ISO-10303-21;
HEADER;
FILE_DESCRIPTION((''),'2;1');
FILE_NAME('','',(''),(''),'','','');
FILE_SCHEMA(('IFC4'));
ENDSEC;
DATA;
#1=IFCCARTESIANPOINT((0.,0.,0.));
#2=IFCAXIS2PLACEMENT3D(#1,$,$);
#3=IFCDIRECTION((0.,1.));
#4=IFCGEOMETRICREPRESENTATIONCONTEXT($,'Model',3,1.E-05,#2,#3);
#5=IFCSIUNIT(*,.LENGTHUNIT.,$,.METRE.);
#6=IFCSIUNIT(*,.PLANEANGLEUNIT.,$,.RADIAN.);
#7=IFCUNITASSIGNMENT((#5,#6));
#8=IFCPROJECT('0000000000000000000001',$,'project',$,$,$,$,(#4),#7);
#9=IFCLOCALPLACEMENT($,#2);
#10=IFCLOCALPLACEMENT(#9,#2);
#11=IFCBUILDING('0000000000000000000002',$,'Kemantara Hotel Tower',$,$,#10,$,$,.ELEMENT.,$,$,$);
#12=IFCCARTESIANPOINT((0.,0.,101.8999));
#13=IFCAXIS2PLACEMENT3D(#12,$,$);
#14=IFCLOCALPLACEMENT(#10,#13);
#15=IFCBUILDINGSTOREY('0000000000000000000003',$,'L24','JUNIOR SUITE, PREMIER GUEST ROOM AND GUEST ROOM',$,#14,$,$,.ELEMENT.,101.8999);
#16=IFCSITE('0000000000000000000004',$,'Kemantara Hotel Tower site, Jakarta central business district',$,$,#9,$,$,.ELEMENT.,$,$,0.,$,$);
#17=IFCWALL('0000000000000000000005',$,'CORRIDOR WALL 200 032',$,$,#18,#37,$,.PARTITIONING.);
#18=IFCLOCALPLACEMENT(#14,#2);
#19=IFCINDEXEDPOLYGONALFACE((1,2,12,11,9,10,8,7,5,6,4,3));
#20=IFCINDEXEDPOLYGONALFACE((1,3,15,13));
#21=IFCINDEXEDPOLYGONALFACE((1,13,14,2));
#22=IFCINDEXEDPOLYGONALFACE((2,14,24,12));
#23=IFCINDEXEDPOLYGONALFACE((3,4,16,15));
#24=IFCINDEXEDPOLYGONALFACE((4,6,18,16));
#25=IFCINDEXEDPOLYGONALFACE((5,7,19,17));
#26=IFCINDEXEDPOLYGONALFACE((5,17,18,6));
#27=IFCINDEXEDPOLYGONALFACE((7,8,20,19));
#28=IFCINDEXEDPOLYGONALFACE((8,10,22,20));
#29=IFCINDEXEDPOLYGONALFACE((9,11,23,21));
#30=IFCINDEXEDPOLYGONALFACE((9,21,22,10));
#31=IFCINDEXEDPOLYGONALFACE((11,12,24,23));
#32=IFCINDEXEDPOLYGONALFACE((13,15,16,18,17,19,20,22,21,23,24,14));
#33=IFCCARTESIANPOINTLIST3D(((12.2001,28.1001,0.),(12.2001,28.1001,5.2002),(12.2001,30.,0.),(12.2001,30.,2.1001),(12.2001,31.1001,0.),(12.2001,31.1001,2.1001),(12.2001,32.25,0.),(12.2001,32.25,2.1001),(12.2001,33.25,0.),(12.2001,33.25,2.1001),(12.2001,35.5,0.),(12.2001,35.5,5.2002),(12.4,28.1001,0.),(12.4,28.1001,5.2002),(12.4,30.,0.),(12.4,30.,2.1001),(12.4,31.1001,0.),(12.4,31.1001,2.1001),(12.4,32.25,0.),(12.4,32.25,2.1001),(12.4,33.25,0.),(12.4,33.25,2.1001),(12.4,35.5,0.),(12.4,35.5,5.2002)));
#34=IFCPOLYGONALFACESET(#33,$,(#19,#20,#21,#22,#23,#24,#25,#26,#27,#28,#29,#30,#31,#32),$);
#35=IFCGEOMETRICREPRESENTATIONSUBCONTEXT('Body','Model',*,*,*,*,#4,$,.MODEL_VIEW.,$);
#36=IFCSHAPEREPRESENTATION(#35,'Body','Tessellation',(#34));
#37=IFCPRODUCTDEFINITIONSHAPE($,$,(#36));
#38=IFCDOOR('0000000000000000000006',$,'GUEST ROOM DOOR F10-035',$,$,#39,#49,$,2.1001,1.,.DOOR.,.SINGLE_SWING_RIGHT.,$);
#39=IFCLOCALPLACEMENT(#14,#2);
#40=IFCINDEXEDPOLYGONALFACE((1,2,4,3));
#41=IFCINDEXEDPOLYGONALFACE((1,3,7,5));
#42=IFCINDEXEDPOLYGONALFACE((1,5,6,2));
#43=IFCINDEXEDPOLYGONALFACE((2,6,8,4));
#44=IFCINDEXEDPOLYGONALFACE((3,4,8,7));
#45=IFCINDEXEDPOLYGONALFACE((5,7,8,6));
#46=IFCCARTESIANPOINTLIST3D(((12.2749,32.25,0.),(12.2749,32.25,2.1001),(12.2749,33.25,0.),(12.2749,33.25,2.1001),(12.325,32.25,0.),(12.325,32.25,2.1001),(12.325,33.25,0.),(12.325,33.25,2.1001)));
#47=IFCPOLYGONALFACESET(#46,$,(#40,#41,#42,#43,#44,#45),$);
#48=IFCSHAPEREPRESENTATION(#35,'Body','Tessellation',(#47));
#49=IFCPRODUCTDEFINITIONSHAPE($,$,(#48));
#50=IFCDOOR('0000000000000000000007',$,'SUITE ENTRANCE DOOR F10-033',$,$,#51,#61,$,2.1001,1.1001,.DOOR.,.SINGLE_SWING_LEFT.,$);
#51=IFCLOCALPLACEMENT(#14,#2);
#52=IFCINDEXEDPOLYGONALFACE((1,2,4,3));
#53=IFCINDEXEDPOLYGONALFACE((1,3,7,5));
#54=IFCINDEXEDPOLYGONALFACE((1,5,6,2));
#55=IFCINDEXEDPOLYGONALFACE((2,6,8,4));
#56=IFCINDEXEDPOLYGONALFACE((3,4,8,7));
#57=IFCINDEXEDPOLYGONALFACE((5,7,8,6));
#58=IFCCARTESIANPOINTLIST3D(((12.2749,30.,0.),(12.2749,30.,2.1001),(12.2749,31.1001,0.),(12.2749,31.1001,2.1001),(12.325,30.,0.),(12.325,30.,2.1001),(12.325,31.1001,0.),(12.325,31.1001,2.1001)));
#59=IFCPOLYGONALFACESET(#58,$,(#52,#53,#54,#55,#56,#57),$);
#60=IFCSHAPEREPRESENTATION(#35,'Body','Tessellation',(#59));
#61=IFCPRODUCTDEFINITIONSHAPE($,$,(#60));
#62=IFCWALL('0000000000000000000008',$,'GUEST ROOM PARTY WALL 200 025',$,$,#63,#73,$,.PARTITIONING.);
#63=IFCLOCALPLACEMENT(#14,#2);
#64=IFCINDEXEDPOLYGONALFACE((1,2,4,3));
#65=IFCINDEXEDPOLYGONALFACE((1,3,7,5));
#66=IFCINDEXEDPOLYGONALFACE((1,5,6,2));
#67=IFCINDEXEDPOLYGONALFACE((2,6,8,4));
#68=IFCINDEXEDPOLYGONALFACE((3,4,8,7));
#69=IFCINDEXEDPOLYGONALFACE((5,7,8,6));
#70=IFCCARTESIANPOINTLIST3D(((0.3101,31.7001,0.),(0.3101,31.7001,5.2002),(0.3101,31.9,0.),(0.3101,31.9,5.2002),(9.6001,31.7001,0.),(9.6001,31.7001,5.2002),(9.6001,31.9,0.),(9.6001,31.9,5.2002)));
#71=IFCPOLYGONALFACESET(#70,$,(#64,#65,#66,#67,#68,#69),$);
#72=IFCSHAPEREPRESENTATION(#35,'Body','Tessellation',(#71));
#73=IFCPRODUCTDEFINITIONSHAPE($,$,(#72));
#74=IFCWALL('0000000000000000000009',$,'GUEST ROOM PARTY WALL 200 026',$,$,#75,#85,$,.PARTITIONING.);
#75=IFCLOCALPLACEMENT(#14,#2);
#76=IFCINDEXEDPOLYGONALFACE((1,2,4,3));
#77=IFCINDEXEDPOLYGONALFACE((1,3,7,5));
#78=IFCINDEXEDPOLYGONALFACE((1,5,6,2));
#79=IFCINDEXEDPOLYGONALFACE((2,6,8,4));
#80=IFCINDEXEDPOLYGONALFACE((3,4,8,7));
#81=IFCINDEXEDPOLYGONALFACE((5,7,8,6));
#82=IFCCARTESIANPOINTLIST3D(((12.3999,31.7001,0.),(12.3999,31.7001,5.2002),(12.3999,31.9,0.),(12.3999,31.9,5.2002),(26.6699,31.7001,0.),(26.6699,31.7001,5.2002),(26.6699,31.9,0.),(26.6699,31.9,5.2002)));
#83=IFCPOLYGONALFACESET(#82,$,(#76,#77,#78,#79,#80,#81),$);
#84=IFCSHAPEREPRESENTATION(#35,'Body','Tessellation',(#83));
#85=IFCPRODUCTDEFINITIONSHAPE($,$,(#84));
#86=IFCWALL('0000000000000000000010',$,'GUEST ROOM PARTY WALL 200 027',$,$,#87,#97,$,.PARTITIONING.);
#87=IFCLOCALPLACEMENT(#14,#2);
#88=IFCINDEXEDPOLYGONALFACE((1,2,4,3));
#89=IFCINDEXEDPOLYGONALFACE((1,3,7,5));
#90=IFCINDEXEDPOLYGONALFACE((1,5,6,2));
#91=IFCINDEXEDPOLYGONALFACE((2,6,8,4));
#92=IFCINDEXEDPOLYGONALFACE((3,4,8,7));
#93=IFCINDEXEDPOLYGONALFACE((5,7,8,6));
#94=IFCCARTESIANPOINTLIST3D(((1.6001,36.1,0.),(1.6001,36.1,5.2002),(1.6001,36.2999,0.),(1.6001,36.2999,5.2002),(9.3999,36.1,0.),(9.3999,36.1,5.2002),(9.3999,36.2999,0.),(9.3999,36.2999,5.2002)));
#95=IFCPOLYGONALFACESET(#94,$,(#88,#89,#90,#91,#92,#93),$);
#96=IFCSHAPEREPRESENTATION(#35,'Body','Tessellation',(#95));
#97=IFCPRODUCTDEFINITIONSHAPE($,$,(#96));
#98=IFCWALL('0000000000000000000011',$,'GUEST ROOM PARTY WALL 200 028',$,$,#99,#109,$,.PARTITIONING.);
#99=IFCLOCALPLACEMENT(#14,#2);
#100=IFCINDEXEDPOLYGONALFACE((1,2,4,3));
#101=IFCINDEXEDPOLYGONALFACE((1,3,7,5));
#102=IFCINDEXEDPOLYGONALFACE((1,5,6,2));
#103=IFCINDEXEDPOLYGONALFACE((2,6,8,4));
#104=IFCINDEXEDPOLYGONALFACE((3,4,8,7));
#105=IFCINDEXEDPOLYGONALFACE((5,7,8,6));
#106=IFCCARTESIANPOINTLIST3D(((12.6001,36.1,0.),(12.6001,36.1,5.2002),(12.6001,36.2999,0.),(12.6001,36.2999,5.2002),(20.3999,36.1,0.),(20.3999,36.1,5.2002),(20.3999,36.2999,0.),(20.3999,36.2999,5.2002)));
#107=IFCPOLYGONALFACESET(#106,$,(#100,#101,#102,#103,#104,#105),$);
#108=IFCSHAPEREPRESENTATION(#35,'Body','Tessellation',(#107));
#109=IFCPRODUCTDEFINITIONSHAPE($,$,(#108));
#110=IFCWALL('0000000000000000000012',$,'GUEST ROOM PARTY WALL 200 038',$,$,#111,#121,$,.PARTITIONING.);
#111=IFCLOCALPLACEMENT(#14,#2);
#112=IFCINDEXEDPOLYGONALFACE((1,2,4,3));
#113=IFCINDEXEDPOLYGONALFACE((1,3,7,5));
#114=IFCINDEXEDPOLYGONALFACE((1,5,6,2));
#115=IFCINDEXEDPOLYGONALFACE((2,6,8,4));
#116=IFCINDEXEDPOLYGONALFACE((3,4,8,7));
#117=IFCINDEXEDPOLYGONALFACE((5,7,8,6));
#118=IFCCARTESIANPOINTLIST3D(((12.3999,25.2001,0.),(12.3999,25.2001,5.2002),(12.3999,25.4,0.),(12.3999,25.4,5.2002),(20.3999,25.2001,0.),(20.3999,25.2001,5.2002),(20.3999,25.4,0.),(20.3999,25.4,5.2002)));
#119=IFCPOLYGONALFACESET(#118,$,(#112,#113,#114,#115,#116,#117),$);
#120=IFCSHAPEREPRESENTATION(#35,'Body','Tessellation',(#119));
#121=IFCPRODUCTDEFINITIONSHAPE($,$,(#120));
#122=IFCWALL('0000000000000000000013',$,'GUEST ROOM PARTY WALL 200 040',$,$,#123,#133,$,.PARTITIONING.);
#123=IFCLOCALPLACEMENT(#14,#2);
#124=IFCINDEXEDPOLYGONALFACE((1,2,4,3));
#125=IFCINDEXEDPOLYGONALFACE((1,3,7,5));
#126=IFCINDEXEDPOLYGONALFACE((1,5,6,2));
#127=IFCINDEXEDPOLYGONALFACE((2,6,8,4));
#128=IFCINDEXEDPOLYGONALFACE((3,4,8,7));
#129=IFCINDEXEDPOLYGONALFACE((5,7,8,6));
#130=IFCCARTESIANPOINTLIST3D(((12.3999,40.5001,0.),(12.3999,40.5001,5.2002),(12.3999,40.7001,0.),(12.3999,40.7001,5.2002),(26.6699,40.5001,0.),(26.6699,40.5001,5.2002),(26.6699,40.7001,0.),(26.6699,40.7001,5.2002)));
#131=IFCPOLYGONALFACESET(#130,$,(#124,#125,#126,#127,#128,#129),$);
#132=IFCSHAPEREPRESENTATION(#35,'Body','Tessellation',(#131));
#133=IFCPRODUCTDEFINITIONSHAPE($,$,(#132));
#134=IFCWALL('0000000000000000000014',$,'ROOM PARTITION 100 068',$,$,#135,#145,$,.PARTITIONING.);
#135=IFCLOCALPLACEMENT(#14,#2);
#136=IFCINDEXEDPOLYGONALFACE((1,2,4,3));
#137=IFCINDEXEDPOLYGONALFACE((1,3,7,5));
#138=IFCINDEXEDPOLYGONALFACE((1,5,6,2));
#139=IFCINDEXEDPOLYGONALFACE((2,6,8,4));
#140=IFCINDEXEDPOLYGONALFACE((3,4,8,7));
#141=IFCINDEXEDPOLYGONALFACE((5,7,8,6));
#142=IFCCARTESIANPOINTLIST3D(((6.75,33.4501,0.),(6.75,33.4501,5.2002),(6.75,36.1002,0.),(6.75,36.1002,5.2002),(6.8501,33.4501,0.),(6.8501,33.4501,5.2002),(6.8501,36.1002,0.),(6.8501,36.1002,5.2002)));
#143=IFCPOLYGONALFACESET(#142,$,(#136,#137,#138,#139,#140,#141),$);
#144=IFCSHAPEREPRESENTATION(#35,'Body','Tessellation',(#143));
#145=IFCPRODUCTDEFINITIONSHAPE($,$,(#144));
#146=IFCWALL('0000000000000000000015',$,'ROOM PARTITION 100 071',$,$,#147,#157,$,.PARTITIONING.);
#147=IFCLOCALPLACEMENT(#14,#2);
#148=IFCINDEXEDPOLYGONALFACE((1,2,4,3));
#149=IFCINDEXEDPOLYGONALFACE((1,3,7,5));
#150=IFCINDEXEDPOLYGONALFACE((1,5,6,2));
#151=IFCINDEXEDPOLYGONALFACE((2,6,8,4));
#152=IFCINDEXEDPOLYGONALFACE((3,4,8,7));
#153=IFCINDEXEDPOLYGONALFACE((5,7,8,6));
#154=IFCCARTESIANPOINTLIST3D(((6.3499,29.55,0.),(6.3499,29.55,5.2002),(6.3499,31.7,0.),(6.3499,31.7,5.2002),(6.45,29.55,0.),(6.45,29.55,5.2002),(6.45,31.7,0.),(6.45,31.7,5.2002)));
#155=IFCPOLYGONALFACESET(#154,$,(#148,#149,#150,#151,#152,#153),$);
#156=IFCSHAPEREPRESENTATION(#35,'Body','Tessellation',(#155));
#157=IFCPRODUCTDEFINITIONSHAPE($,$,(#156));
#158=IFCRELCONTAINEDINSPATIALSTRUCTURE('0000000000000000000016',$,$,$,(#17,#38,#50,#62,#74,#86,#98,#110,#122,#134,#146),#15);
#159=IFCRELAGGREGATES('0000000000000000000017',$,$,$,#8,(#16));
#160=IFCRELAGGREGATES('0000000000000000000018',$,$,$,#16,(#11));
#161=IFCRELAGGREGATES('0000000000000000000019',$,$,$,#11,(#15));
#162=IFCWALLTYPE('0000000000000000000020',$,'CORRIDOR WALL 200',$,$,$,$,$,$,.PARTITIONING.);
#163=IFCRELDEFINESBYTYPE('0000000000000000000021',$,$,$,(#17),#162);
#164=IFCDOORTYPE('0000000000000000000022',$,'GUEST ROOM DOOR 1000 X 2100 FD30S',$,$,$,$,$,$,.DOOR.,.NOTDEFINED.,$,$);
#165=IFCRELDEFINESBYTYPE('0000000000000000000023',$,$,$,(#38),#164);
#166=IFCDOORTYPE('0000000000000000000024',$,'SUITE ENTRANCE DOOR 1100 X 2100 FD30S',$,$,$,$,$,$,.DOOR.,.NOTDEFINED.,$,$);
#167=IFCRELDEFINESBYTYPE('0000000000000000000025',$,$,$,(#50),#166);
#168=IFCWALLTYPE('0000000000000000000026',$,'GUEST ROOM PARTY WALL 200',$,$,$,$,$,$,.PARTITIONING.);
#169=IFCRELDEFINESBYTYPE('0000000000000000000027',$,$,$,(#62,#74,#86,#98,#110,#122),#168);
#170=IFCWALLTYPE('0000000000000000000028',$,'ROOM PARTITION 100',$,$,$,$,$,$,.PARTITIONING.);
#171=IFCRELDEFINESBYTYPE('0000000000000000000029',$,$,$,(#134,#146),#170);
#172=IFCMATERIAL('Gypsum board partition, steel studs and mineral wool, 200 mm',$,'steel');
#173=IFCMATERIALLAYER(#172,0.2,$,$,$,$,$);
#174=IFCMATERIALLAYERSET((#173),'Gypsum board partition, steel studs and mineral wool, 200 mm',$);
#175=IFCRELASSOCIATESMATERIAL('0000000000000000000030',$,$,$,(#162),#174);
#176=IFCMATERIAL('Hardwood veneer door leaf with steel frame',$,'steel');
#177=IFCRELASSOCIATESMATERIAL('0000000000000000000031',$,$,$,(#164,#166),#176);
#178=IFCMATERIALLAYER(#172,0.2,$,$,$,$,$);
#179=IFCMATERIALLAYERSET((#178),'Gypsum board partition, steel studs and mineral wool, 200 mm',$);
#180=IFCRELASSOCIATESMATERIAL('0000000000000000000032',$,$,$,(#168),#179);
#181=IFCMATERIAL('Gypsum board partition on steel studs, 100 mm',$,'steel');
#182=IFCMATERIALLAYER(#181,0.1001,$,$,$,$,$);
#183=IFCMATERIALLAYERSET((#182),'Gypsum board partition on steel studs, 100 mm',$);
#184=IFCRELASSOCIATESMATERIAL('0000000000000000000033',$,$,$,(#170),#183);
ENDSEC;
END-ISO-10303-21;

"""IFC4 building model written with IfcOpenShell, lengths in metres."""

from ifc_helpers import new_model, si_unit, direction, frame, frame_2d, origin, place, context, subcontext, project, spatial, rectangle, extrude, material, layer, layer_set, type_object, element, fill, save


model = new_model("IFC4")

# Units and contexts
model_context = context("Model", 3, precision=1e-05, world=origin(), true_north=direction((0.0, 1.0)))
body_context = subcontext(model_context, "Body", "Model", "MODEL_VIEW")
ifc_project = project(units=[si_unit("LENGTHUNIT", "METRE"), si_unit("PLANEANGLEUNIT", "RADIAN")], contexts=[model_context])

# Site, building, storey
site_placement = place(None, origin())
site = spatial("IfcSite", under=ifc_project, at=site_placement, Name="Kemantara Hotel Tower site, Jakarta central business district", CompositionType="ELEMENT", RefElevation=0.0)
building_placement = place(site_placement, origin())
building = spatial("IfcBuilding", under=site, at=building_placement, Name="Kemantara Hotel Tower", CompositionType="ELEMENT")
storey_placement = place(building_placement, frame((0.0, 0.0, 101.8999)))
storey = spatial("IfcBuildingStorey", under=building, at=storey_placement, Name="L24", Description="JUNIOR SUITE, PREMIER GUEST ROOM AND GUEST ROOM", CompositionType="ELEMENT", Elevation=101.8999)

# Shared definitions
ifc_material_1 = material(Name="Gypsum board partition, steel studs and mineral wool, 200 mm", Category="steel")
ifc_layer_1 = layer(ifc_material_1, 0.2)
ifc_layer_set_1 = layer_set([ifc_layer_1], Name="Gypsum board partition, steel studs and mineral wool, 200 mm")
wall_type_1 = type_object("IfcWallType", Name="CORRIDOR WALL 200", PredefinedType="PARTITIONING", material=ifc_layer_set_1)
ifc_material_2 = material(Name="Hardwood veneer door leaf with steel frame", Category="steel")
door_type_1 = type_object("IfcDoorType", Name="GUEST ROOM DOOR 1000 X 2100 FD30S", OperationType="NOTDEFINED", PredefinedType="DOOR", material=ifc_material_2)

# Wall, openings, doors
wall_1_placement = place(storey_placement, frame((12.3, 35.5, 0.0), z_axis=(0.0, 0.0, 1.0), x_axis=(0.0, -1.0, 0.0)))
wall_1 = element("IfcWall", 1, at=wall_1_placement, inside=storey, type_object=wall_type_1, Name="CORRIDOR WALL 200 032", PredefinedType="PARTITIONING", context=body_context, shape_type="SweptSolid", body=[
    extrude(rectangle(XDim=7.3999, YDim=0.2, at=frame_2d((3.7, 0.0))), origin(), (0.0, 0.0, 1.0), 5.2002),
])
opening_1_placement = place(wall_1_placement, frame((4.3999, 0.0, 0.0)))
opening_1 = element("IfcOpeningElement", 2, at=opening_1_placement, cuts=wall_1, PredefinedType="OPENING", context=body_context, shape_type="SweptSolid", body=[
    extrude(rectangle(XDim=1.1001, YDim=2.1001, at=frame_2d((0.55, 1.05))), frame((0.0, 0.1099, 0.0), z_axis=(0.0, -1.0, 0.0), x_axis=(1.0, 0.0, 0.0)), (0.0, 0.0, 1.0), 0.22),
])
opening_2_placement = place(wall_1_placement, frame((2.25, 0.0, 0.0)))
opening_2 = element("IfcOpeningElement", 3, at=opening_2_placement, cuts=wall_1, PredefinedType="OPENING", context=body_context, shape_type="SweptSolid", body=[
    extrude(rectangle(XDim=1.0, YDim=2.1001, at=frame_2d((0.5, 1.05))), frame((0.0, 0.1099, 0.0), z_axis=(0.0, -1.0, 0.0), x_axis=(1.0, 0.0, 0.0)), (0.0, 0.0, 1.0), 0.22),
])
door_1_placement = place(opening_2_placement, origin())
door_1 = element("IfcDoor", 4, at=door_1_placement, inside=storey, type_object=door_type_1, Name="GUEST ROOM DOOR F10-035", OperationType="SINGLE_SWING_RIGHT", OverallHeight=2.1001, OverallWidth=1.0, PredefinedType="DOOR", context=body_context, shape_type="SweptSolid", body=[
    extrude(rectangle(XDim=1.0, YDim=2.1001, at=frame_2d((0.5, 1.05))), frame((0.0, 0.0249, 0.0), z_axis=(0.0, -1.0, 0.0), x_axis=(1.0, 0.0, 0.0)), (0.0, 0.0, 1.0), 0.05),
])
fill(opening_2, door_1)
door_type_2 = type_object("IfcDoorType", Name="SUITE ENTRANCE DOOR 1100 X 2100 FD30S", OperationType="NOTDEFINED", PredefinedType="DOOR", material=ifc_material_2)
door_2_placement = place(opening_1_placement, origin())
door_2 = element("IfcDoor", 5, at=door_2_placement, inside=storey, type_object=door_type_2, Name="SUITE ENTRANCE DOOR F10-033", OperationType="SINGLE_SWING_LEFT", OverallHeight=2.1001, OverallWidth=1.1001, PredefinedType="DOOR", context=body_context, shape_type="SweptSolid", body=[
    extrude(rectangle(XDim=1.1001, YDim=2.1001, at=frame_2d((0.55, 1.05))), frame((0.0, 0.0249, 0.0), z_axis=(0.0, -1.0, 0.0), x_axis=(1.0, 0.0, 0.0)), (0.0, 0.0, 1.0), 0.05),
])
fill(opening_1, door_2)

# Walls
ifc_layer_2 = layer(ifc_material_1, 0.2)
ifc_layer_set_2 = layer_set([ifc_layer_2], Name="Gypsum board partition, steel studs and mineral wool, 200 mm")
wall_type_2 = type_object("IfcWallType", Name="GUEST ROOM PARTY WALL 200", PredefinedType="PARTITIONING", material=ifc_layer_set_2)
wall_2_placement = place(storey_placement, frame((0.3101, 31.8, 0.0), z_axis=(0.0, 0.0, 1.0), x_axis=(1.0, 0.0, 0.0)))
element("IfcWall", 6, at=wall_2_placement, inside=storey, type_object=wall_type_2, Name="GUEST ROOM PARTY WALL 200 025", PredefinedType="PARTITIONING", context=body_context, shape_type="SweptSolid", body=[
    extrude(rectangle(XDim=9.29, YDim=0.2, at=frame_2d((4.645, 0.0))), origin(), (0.0, 0.0, 1.0), 5.2002),
])
wall_3_placement = place(storey_placement, frame((12.3999, 31.8, 0.0), z_axis=(0.0, 0.0, 1.0), x_axis=(1.0, 0.0, 0.0)))
element("IfcWall", 7, at=wall_3_placement, inside=storey, type_object=wall_type_2, Name="GUEST ROOM PARTY WALL 200 026", PredefinedType="PARTITIONING", context=body_context, shape_type="SweptSolid", body=[
    extrude(rectangle(XDim=14.27, YDim=0.2, at=frame_2d((7.135, 0.0))), origin(), (0.0, 0.0, 1.0), 5.2002),
])
for number, where, z_axis, x_axis, name in (
    (8, (1.6001, 36.2, 0.0), (0.0, 0.0, 1.0), (1.0, 0.0, 0.0), "GUEST ROOM PARTY WALL 200 027"),
    (9, (12.6001, 36.2, 0.0), (0.0, 0.0, 1.0), (1.0, 0.0, 0.0), "GUEST ROOM PARTY WALL 200 028"),
):
    element("IfcWall", number, at=place(storey_placement, frame(where, z_axis=z_axis, x_axis=x_axis)), inside=storey, type_object=wall_type_2, Name=name, PredefinedType="PARTITIONING", context=body_context, shape_type="SweptSolid", body=[
        extrude(rectangle(XDim=7.7998, YDim=0.2, at=frame_2d((3.8999, 0.0))), origin(), (0.0, 0.0, 1.0), 5.2002),
    ])
wall_4_placement = place(storey_placement, frame((12.3999, 25.3, 0.0), z_axis=(0.0, 0.0, 1.0), x_axis=(1.0, 0.0, 0.0)))
element("IfcWall", 10, at=wall_4_placement, inside=storey, type_object=wall_type_2, Name="GUEST ROOM PARTY WALL 200 038", PredefinedType="PARTITIONING", context=body_context, shape_type="SweptSolid", body=[
    extrude(rectangle(XDim=8.0, YDim=0.2, at=frame_2d((4.0, 0.0))), origin(), (0.0, 0.0, 1.0), 5.2002),
])
wall_5_placement = place(storey_placement, frame((12.3999, 40.6001, 0.0), z_axis=(0.0, 0.0, 1.0), x_axis=(1.0, 0.0, 0.0)))
element("IfcWall", 11, at=wall_5_placement, inside=storey, type_object=wall_type_2, Name="GUEST ROOM PARTY WALL 200 040", PredefinedType="PARTITIONING", context=body_context, shape_type="SweptSolid", body=[
    extrude(rectangle(XDim=14.27, YDim=0.2, at=frame_2d((7.135, 0.0))), origin(), (0.0, 0.0, 1.0), 5.2002),
])
ifc_material_3 = material(Name="Gypsum board partition on steel studs, 100 mm", Category="steel")
ifc_layer_3 = layer(ifc_material_3, 0.1001)
ifc_layer_set_3 = layer_set([ifc_layer_3], Name="Gypsum board partition on steel studs, 100 mm")
wall_type_3 = type_object("IfcWallType", Name="ROOM PARTITION 100", PredefinedType="PARTITIONING", material=ifc_layer_set_3)
wall_6_placement = place(storey_placement, frame((6.8, 33.45, 0.0), z_axis=(0.0, 0.0, 1.0), x_axis=(0.0, 1.0, 0.0)))
element("IfcWall", 12, at=wall_6_placement, inside=storey, type_object=wall_type_3, Name="ROOM PARTITION 100 068", PredefinedType="PARTITIONING", context=body_context, shape_type="SweptSolid", body=[
    extrude(rectangle(XDim=2.6501, YDim=0.1001, at=frame_2d((1.3252, 0.0))), origin(), (0.0, 0.0, 1.0), 5.2002),
])
wall_7_placement = place(storey_placement, frame((6.3999, 29.55, 0.0), z_axis=(0.0, 0.0, 1.0), x_axis=(0.0, 1.0, 0.0)))
element("IfcWall", 13, at=wall_7_placement, inside=storey, type_object=wall_type_3, Name="ROOM PARTITION 100 071", PredefinedType="PARTITIONING", context=body_context, shape_type="SweptSolid", body=[
    extrude(rectangle(XDim=2.1499, YDim=0.1001, at=frame_2d((1.075, 0.0))), origin(), (0.0, 0.0, 1.0), 5.2002),
])

save(model, "model.ifc")
